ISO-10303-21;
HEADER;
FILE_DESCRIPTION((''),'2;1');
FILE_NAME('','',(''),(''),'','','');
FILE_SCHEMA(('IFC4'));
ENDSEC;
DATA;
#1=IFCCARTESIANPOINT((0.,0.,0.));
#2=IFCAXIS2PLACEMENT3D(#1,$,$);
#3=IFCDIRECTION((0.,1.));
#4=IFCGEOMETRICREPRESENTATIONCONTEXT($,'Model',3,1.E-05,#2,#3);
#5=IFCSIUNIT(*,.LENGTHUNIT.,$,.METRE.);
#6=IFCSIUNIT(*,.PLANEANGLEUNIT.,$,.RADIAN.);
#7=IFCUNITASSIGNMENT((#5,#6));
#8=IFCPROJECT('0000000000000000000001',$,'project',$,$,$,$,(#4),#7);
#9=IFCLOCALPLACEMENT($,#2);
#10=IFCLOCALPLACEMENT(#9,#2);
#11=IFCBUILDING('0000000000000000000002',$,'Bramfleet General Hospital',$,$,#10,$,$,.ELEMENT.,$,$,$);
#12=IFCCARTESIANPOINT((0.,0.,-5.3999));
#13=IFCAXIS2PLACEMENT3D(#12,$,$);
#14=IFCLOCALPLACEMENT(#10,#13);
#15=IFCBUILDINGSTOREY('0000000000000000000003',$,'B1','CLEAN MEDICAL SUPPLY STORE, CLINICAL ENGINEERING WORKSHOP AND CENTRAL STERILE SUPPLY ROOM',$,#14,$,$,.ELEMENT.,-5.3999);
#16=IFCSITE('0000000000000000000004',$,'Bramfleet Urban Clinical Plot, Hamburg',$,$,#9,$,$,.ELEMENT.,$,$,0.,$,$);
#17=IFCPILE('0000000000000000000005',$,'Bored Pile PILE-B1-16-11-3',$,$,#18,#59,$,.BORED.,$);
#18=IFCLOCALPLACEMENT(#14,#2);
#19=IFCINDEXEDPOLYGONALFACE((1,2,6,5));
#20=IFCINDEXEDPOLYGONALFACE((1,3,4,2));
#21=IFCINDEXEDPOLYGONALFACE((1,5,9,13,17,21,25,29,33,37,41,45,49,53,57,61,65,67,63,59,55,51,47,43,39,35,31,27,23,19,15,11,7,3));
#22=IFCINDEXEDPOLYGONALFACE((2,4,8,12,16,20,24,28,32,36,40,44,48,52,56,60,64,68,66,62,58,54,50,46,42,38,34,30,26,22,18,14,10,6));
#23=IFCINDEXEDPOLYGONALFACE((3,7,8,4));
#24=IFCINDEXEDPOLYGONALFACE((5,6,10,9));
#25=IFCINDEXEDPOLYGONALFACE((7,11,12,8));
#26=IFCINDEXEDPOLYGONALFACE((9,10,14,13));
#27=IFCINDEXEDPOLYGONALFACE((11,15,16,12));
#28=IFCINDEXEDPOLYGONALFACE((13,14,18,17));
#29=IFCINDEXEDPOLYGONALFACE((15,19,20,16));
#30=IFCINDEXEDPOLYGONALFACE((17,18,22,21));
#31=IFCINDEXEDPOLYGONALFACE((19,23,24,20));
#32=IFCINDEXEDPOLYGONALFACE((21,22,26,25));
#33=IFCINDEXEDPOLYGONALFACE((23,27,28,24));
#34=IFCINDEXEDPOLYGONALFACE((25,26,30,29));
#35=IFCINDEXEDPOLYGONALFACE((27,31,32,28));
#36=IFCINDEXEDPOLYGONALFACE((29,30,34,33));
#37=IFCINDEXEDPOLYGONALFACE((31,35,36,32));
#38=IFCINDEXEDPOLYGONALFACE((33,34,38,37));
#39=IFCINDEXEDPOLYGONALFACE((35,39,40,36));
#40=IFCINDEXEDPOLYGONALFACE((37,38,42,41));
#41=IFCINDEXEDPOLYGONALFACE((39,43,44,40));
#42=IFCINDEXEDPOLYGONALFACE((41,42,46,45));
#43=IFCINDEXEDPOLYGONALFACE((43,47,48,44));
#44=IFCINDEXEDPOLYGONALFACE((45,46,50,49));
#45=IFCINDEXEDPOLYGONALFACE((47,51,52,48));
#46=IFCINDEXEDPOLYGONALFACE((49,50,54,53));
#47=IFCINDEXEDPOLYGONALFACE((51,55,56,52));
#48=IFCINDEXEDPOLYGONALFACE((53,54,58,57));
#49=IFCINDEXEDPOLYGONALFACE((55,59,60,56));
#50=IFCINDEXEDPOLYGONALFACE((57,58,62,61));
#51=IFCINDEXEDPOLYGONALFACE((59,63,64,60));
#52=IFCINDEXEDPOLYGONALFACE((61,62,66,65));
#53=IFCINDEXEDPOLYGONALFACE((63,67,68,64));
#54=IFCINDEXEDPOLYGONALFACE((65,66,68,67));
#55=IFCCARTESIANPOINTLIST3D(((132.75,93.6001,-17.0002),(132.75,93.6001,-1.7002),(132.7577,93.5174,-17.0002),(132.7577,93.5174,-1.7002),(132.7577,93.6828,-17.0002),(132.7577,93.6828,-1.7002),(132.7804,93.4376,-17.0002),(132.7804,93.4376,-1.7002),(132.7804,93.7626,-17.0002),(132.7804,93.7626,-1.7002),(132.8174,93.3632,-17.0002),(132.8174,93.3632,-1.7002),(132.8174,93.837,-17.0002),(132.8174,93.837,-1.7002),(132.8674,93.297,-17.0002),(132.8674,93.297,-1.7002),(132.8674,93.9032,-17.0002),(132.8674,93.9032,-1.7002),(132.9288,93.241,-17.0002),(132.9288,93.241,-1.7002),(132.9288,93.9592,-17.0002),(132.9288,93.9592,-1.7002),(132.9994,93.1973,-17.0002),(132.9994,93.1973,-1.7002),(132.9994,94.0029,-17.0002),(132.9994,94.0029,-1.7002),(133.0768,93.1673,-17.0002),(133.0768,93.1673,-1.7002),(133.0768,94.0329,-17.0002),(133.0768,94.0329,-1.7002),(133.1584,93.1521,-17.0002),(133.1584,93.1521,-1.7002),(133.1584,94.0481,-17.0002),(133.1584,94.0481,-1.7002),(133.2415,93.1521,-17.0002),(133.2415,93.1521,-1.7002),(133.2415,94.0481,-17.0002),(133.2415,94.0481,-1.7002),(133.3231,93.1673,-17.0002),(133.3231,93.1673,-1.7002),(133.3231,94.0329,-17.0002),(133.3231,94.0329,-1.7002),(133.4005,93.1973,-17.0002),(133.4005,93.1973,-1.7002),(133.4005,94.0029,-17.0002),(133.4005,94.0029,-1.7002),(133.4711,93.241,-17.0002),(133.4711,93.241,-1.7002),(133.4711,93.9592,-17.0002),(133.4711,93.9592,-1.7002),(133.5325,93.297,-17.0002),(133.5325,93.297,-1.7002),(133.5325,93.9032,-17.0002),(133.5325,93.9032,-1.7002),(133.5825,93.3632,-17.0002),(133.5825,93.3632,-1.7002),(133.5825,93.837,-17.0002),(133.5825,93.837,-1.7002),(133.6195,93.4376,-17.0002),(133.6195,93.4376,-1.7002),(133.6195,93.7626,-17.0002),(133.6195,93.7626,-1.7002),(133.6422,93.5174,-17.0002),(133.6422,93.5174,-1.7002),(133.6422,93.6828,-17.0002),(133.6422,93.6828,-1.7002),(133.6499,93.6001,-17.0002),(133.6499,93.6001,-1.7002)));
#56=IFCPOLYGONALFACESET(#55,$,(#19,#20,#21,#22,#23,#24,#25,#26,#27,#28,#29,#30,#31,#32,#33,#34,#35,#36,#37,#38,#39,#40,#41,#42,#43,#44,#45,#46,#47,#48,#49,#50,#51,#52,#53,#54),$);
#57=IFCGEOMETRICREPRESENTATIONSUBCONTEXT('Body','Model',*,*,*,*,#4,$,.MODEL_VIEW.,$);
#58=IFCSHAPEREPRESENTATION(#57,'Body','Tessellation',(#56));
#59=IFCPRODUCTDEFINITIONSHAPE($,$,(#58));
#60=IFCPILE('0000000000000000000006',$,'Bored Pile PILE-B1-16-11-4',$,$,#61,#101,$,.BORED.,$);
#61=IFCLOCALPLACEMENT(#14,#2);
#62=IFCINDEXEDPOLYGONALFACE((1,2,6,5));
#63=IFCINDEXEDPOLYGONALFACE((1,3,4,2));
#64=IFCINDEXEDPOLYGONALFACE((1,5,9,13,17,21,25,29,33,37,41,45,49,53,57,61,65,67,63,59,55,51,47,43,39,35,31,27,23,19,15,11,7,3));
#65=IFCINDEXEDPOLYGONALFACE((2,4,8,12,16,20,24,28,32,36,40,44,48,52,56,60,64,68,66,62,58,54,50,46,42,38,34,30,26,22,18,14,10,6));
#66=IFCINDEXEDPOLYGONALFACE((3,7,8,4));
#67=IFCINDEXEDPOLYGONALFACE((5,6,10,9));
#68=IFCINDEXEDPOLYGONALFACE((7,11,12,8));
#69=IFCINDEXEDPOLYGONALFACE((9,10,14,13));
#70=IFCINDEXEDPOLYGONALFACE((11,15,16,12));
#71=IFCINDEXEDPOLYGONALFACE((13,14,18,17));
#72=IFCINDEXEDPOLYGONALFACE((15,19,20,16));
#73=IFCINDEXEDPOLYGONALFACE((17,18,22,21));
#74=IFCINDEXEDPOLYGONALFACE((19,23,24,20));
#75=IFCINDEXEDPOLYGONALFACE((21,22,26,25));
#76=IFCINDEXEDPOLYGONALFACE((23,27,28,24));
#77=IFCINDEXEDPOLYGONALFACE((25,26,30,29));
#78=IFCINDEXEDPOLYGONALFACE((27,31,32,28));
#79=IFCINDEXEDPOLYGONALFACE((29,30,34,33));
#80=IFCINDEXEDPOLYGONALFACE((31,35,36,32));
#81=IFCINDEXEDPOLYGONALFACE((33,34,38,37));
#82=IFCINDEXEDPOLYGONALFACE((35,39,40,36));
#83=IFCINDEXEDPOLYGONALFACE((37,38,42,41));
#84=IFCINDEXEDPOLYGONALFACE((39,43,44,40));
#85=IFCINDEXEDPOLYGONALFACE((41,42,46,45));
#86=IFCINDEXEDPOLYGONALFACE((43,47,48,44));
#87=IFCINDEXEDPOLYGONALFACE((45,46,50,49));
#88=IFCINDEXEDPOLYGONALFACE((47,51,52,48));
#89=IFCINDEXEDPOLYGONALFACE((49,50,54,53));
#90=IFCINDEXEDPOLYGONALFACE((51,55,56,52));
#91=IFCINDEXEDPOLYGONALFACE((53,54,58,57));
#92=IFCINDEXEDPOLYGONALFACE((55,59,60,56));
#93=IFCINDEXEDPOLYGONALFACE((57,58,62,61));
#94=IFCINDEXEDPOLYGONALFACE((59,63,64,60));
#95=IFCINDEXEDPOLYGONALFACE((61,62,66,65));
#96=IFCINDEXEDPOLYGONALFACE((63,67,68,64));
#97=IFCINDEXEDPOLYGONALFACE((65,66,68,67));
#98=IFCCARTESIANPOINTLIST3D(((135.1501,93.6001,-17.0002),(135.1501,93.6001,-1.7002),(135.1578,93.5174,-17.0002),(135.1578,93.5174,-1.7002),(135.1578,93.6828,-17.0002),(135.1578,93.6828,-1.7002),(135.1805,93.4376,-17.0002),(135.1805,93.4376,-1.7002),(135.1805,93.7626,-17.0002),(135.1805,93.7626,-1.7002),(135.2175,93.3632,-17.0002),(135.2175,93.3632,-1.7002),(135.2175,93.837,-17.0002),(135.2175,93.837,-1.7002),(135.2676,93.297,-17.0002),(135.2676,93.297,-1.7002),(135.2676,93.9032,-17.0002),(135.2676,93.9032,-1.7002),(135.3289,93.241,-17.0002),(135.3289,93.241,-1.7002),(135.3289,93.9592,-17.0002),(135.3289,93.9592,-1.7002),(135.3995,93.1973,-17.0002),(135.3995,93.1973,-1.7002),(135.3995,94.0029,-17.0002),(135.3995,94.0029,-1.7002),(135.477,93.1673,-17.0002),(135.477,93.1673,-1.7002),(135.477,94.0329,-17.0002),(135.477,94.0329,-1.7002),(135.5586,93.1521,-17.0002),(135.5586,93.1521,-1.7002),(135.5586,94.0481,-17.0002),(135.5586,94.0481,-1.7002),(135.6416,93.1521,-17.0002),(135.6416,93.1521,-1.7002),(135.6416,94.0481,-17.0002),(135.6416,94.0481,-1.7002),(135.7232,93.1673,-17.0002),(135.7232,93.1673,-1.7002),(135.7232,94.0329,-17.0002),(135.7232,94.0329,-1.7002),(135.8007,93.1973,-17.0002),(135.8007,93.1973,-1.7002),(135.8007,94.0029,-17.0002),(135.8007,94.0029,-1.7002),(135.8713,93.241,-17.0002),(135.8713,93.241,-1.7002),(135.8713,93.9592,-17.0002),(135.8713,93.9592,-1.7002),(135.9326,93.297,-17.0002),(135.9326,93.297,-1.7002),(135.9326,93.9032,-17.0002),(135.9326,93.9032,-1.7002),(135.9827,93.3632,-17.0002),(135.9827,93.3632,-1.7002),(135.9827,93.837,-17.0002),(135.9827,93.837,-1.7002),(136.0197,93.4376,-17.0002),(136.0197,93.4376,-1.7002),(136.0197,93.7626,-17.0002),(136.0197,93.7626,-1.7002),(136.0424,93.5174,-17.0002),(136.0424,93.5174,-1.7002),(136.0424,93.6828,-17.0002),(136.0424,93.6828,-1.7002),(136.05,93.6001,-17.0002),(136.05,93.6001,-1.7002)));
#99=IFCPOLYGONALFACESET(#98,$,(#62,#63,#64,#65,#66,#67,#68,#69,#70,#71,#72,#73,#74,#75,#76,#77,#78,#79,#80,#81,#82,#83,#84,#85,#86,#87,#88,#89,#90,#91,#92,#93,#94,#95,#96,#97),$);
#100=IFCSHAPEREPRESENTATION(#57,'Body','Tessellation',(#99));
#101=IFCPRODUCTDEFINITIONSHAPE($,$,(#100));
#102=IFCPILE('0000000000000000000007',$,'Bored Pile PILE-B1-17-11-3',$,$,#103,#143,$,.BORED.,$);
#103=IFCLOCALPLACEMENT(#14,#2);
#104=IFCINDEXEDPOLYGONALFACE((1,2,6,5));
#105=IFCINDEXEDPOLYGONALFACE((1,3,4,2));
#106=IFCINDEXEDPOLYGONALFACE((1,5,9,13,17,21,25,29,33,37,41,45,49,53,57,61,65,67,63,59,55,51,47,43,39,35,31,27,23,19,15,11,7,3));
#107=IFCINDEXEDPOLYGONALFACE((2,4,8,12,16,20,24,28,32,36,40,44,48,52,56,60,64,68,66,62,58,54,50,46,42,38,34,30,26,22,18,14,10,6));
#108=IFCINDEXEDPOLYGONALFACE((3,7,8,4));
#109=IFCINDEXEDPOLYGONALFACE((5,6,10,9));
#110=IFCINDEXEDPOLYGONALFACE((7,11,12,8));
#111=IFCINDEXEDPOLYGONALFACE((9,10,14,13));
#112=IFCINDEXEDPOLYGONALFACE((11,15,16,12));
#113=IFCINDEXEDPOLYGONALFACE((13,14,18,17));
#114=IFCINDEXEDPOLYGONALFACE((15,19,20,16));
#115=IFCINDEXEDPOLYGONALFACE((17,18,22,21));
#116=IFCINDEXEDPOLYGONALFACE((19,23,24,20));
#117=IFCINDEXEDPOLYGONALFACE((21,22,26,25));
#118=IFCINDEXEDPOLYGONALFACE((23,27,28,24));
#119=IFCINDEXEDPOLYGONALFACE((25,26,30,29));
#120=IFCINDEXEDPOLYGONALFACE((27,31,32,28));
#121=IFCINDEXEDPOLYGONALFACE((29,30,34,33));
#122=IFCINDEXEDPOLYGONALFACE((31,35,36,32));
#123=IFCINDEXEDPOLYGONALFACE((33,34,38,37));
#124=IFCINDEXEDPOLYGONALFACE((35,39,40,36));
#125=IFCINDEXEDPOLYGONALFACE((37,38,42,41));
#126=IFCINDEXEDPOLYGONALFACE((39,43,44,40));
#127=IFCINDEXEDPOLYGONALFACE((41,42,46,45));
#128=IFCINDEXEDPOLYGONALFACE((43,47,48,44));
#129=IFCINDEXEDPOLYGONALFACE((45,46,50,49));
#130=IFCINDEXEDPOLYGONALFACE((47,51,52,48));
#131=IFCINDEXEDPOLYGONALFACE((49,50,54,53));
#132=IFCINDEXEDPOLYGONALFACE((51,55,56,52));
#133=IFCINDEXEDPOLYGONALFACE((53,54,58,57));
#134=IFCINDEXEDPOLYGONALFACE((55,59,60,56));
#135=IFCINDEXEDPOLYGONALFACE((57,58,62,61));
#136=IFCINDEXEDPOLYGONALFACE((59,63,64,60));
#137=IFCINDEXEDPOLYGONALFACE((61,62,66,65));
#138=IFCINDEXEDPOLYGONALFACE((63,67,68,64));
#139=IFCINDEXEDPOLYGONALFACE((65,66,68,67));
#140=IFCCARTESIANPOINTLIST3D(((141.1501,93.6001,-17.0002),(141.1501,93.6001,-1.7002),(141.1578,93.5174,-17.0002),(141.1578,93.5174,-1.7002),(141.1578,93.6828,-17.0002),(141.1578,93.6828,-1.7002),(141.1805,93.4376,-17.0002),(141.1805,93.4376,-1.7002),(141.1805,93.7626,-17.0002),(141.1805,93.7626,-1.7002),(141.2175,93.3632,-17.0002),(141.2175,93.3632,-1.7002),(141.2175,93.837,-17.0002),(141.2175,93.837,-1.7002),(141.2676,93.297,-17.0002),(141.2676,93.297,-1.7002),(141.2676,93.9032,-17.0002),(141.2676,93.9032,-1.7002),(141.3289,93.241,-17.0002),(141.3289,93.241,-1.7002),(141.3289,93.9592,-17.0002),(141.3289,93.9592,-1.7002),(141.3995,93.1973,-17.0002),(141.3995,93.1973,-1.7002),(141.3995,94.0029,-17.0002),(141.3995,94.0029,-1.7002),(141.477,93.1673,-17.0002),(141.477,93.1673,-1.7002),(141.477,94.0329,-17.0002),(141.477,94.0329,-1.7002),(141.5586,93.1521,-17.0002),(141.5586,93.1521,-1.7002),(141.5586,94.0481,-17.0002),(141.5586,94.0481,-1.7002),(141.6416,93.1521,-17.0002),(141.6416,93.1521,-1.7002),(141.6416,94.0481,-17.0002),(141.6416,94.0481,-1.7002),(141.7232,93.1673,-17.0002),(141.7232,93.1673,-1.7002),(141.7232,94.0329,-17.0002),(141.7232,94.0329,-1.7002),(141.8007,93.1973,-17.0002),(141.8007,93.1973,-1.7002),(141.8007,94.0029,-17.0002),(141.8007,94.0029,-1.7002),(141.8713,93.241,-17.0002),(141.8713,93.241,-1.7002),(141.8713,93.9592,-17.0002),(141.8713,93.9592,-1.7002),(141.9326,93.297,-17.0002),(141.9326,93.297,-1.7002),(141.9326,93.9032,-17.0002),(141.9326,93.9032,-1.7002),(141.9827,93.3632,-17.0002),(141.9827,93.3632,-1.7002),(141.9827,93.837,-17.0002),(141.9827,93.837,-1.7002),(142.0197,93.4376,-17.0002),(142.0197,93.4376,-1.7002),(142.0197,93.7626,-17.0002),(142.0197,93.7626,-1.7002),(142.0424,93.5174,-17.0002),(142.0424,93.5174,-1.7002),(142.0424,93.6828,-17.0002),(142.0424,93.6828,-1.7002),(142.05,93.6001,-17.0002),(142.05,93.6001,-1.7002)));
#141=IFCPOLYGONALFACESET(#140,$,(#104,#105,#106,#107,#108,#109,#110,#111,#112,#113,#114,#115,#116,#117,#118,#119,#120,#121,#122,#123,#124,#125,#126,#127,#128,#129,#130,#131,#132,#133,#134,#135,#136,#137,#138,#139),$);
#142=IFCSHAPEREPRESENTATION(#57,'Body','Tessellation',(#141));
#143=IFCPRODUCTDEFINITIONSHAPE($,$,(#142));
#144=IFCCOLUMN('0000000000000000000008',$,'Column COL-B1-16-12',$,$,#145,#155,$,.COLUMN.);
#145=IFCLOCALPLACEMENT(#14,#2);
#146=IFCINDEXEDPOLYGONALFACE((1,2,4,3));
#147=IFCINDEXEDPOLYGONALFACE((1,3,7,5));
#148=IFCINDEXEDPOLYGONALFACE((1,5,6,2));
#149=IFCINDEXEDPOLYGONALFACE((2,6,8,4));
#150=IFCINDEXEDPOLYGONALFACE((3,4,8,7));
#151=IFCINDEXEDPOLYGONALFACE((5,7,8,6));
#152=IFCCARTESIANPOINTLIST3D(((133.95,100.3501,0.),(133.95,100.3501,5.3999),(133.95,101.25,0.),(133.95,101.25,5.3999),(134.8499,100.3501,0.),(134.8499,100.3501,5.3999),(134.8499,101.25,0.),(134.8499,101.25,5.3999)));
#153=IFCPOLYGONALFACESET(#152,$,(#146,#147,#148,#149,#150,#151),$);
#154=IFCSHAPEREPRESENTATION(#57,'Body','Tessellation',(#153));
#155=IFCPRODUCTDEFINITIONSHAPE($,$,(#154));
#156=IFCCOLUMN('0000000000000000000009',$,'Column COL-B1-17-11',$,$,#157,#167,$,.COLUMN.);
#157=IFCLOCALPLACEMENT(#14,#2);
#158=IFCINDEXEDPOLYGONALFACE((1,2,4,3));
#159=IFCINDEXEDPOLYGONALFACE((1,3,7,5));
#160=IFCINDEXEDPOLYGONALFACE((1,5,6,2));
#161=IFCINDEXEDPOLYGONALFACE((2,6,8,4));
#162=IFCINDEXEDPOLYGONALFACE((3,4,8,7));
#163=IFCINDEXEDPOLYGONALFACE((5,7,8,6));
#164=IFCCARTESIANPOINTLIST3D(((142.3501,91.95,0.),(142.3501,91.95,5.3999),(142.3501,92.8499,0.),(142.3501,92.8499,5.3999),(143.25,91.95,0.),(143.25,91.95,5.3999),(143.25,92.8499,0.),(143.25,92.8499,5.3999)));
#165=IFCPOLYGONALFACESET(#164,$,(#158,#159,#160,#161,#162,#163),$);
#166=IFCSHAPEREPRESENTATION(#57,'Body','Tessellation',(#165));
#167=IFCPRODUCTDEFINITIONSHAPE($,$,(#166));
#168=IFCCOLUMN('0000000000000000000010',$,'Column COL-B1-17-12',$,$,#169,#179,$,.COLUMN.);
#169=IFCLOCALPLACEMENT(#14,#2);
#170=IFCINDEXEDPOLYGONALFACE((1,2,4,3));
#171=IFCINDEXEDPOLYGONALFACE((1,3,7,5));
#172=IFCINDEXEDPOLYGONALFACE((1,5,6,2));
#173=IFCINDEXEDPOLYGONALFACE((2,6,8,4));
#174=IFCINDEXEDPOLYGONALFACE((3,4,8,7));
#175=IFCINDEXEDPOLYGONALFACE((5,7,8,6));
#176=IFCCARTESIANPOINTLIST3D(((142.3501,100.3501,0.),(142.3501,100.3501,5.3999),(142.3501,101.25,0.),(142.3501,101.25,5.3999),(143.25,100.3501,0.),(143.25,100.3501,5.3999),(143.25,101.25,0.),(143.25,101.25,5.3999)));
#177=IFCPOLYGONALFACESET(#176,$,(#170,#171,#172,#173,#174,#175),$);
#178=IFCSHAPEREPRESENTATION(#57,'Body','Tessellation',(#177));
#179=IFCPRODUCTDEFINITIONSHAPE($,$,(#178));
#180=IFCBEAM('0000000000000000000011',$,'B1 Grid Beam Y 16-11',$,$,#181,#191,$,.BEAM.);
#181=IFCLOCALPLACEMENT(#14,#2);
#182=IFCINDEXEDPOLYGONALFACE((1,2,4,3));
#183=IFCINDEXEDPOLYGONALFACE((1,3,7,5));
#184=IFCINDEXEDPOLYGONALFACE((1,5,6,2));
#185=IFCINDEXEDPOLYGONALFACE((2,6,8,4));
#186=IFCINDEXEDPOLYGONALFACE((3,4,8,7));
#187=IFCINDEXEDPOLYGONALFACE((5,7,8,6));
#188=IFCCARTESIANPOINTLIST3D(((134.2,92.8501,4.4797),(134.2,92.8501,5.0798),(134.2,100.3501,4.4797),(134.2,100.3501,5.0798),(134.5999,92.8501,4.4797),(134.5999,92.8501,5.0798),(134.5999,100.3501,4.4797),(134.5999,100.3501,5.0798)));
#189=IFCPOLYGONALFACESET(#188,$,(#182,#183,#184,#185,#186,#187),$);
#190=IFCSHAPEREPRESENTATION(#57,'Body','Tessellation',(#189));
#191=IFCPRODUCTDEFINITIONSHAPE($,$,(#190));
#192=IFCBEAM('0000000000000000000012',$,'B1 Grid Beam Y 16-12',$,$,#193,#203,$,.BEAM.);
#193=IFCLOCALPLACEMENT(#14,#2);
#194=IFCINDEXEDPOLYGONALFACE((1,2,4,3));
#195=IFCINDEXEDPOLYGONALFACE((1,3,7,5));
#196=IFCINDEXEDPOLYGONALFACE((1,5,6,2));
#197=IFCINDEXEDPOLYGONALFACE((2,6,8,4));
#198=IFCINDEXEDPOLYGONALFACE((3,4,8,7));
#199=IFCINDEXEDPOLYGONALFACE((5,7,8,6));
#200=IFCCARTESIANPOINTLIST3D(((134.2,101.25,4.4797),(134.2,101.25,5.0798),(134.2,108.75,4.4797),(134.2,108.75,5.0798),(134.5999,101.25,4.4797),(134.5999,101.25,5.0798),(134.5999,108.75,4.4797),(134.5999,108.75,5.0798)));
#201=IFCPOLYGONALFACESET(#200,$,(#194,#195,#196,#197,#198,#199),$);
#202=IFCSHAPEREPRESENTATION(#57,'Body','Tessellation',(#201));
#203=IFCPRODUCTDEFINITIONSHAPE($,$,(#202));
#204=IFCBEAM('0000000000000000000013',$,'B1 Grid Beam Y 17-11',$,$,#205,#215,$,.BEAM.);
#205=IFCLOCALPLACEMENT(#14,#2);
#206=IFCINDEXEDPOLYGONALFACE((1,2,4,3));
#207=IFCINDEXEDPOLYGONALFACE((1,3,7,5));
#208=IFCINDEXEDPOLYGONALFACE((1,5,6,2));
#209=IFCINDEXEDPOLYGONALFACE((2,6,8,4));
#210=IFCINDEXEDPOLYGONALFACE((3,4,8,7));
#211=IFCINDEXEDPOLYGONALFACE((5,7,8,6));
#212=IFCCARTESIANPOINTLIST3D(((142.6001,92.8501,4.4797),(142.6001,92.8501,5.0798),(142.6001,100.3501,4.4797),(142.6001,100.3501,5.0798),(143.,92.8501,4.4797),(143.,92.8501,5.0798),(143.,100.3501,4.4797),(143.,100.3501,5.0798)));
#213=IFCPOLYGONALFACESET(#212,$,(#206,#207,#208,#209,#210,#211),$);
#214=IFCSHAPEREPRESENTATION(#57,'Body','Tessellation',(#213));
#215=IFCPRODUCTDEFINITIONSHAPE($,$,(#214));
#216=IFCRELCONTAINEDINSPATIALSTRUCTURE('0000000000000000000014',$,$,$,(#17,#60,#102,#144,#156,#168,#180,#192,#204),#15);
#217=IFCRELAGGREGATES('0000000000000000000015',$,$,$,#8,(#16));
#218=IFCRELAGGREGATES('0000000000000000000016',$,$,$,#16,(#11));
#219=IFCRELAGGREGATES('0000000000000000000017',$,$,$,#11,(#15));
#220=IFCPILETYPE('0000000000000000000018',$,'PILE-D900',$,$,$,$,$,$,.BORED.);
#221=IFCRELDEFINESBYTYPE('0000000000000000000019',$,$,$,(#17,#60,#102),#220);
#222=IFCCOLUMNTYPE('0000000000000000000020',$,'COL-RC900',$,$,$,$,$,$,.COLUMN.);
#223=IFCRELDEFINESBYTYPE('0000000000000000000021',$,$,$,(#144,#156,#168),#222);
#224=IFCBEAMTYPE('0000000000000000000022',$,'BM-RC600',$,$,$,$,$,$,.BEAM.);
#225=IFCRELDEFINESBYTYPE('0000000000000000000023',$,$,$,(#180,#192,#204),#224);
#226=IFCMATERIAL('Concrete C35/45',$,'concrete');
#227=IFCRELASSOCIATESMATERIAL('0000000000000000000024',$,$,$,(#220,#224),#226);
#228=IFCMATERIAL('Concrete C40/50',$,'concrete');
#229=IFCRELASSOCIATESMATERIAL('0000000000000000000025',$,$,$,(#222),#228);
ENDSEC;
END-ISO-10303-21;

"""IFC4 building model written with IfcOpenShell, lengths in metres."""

from ifc_helpers import new_model, si_unit, direction, frame, origin, origin_2d, place, context, subcontext, project, spatial, rectangle, circle, extrude, material, material_profile, profile_set, type_object, element, save


model = new_model("IFC4")

# Units and contexts
model_context = context("Model", 3, precision=1e-05, world=origin(), true_north=direction((0.0, 1.0)))
body_context = subcontext(model_context, "Body", "Model", "MODEL_VIEW")
ifc_project = project(units=[si_unit("LENGTHUNIT", "METRE"), si_unit("PLANEANGLEUNIT", "RADIAN")], contexts=[model_context])

# Site, building, storey
site_placement = place(None, origin())
site = spatial("IfcSite", under=ifc_project, at=site_placement, Name="Bramfleet Urban Clinical Plot, Hamburg", CompositionType="ELEMENT", RefElevation=0.0)
building_placement = place(site_placement, origin())
building = spatial("IfcBuilding", under=site, at=building_placement, Name="Bramfleet General Hospital", CompositionType="ELEMENT")
storey_placement = place(building_placement, frame((0.0, 0.0, -5.3999)))
storey = spatial("IfcBuildingStorey", under=building, at=storey_placement, Name="B1", Description="CLEAN MEDICAL SUPPLY STORE, CLINICAL ENGINEERING WORKSHOP AND CENTRAL STERILE SUPPLY ROOM", CompositionType="ELEMENT", Elevation=-5.3999)

# Shared definitions
ifc_material_1 = material(Name="Concrete C35/45", Category="concrete")

# Piles
ifc_material_profile_1 = material_profile(ifc_material_1, circle(Radius=0.45, at=origin_2d()), Name="PILE BORED D900")
ifc_profile_set_1 = profile_set([ifc_material_profile_1], Name="Concrete C35/45")
pile_type_1 = type_object("IfcPileType", Name="PILE-D900", PredefinedType="BORED", material=ifc_profile_set_1)
for number, where, z_axis, x_axis, name in (
    (1, (133.2, 93.6001, -1.7002), (0.0, 0.0, -1.0), (1.0, 0.0, 0.0), "Bored Pile PILE-B1-16-11-3"),
    (2, (135.6001, 93.6001, -1.7002), (0.0, 0.0, -1.0), (1.0, 0.0, 0.0), "Bored Pile PILE-B1-16-11-4"),
    (3, (141.6001, 93.6001, -1.7002), (0.0, 0.0, -1.0), (1.0, 0.0, 0.0), "Bored Pile PILE-B1-17-11-3"),
):
    element("IfcPile", number, at=place(storey_placement, frame(where, z_axis=z_axis, x_axis=x_axis)), inside=storey, type_object=pile_type_1, Name=name, PredefinedType="BORED", context=body_context, shape_type="SweptSolid", body=[
        extrude(circle(Radius=0.45, at=origin_2d()), origin(), (0.0, 0.0, 1.0), 15.3),
    ])

# Columns
ifc_material_2 = material(Name="Concrete C40/50", Category="concrete")
ifc_material_profile_2 = material_profile(ifc_material_2, rectangle(XDim=0.8999, YDim=0.8999, at=origin_2d()), Name="RC COL 900x900")
ifc_profile_set_2 = profile_set([ifc_material_profile_2], Name="Concrete C40/50")
column_type = type_object("IfcColumnType", Name="COL-RC900", PredefinedType="COLUMN", material=ifc_profile_set_2)
for number, where, z_axis, x_axis, name in (
    (4, (134.3999, 100.8, 0.0), (0.0, 0.0, 1.0), (1.0, 0.0, 0.0), "Column COL-B1-16-12"),
    (5, (142.8, 92.3999, 0.0), (0.0, 0.0, 1.0), (1.0, 0.0, 0.0), "Column COL-B1-17-11"),
    (6, (142.8, 100.8, 0.0), (0.0, 0.0, 1.0), (1.0, 0.0, 0.0), "Column COL-B1-17-12"),
):
    element("IfcColumn", number, at=place(storey_placement, frame(where, z_axis=z_axis, x_axis=x_axis)), inside=storey, type_object=column_type, Name=name, PredefinedType="COLUMN", context=body_context, shape_type="SweptSolid", body=[
        extrude(rectangle(XDim=0.8999, YDim=0.8999, at=origin_2d()), origin(), (0.0, 0.0, 1.0), 5.3999),
    ])

# Beams
ifc_material_profile_3 = material_profile(ifc_material_1, rectangle(XDim=0.3999, YDim=0.6001, at=origin_2d()), Name="RC BM 600x400")
ifc_profile_set_3 = profile_set([ifc_material_profile_3], Name="Concrete C35/45")
beam_type_1 = type_object("IfcBeamType", Name="BM-RC600", PredefinedType="BEAM", material=ifc_profile_set_3)
for number, where, z_axis, x_axis, name in (
    (7, (134.3999, 92.8501, 4.7798), (0.0, 1.0, 0.0), (-1.0, 0.0, 0.0), "B1 Grid Beam Y 16-11"),
    (8, (134.3999, 101.25, 4.7798), (0.0, 1.0, 0.0), (-1.0, 0.0, 0.0), "B1 Grid Beam Y 16-12"),
    (9, (142.8, 92.8501, 4.7798), (0.0, 1.0, 0.0), (-1.0, 0.0, 0.0), "B1 Grid Beam Y 17-11"),
):
    element("IfcBeam", number, at=place(storey_placement, frame(where, z_axis=z_axis, x_axis=x_axis)), inside=storey, type_object=beam_type_1, Name=name, PredefinedType="BEAM", context=body_context, shape_type="SweptSolid", body=[
        extrude(rectangle(XDim=0.3999, YDim=0.6001, at=origin_2d()), origin(), (0.0, 0.0, 1.0), 7.5),
    ])

save(model, "model.ifc")
